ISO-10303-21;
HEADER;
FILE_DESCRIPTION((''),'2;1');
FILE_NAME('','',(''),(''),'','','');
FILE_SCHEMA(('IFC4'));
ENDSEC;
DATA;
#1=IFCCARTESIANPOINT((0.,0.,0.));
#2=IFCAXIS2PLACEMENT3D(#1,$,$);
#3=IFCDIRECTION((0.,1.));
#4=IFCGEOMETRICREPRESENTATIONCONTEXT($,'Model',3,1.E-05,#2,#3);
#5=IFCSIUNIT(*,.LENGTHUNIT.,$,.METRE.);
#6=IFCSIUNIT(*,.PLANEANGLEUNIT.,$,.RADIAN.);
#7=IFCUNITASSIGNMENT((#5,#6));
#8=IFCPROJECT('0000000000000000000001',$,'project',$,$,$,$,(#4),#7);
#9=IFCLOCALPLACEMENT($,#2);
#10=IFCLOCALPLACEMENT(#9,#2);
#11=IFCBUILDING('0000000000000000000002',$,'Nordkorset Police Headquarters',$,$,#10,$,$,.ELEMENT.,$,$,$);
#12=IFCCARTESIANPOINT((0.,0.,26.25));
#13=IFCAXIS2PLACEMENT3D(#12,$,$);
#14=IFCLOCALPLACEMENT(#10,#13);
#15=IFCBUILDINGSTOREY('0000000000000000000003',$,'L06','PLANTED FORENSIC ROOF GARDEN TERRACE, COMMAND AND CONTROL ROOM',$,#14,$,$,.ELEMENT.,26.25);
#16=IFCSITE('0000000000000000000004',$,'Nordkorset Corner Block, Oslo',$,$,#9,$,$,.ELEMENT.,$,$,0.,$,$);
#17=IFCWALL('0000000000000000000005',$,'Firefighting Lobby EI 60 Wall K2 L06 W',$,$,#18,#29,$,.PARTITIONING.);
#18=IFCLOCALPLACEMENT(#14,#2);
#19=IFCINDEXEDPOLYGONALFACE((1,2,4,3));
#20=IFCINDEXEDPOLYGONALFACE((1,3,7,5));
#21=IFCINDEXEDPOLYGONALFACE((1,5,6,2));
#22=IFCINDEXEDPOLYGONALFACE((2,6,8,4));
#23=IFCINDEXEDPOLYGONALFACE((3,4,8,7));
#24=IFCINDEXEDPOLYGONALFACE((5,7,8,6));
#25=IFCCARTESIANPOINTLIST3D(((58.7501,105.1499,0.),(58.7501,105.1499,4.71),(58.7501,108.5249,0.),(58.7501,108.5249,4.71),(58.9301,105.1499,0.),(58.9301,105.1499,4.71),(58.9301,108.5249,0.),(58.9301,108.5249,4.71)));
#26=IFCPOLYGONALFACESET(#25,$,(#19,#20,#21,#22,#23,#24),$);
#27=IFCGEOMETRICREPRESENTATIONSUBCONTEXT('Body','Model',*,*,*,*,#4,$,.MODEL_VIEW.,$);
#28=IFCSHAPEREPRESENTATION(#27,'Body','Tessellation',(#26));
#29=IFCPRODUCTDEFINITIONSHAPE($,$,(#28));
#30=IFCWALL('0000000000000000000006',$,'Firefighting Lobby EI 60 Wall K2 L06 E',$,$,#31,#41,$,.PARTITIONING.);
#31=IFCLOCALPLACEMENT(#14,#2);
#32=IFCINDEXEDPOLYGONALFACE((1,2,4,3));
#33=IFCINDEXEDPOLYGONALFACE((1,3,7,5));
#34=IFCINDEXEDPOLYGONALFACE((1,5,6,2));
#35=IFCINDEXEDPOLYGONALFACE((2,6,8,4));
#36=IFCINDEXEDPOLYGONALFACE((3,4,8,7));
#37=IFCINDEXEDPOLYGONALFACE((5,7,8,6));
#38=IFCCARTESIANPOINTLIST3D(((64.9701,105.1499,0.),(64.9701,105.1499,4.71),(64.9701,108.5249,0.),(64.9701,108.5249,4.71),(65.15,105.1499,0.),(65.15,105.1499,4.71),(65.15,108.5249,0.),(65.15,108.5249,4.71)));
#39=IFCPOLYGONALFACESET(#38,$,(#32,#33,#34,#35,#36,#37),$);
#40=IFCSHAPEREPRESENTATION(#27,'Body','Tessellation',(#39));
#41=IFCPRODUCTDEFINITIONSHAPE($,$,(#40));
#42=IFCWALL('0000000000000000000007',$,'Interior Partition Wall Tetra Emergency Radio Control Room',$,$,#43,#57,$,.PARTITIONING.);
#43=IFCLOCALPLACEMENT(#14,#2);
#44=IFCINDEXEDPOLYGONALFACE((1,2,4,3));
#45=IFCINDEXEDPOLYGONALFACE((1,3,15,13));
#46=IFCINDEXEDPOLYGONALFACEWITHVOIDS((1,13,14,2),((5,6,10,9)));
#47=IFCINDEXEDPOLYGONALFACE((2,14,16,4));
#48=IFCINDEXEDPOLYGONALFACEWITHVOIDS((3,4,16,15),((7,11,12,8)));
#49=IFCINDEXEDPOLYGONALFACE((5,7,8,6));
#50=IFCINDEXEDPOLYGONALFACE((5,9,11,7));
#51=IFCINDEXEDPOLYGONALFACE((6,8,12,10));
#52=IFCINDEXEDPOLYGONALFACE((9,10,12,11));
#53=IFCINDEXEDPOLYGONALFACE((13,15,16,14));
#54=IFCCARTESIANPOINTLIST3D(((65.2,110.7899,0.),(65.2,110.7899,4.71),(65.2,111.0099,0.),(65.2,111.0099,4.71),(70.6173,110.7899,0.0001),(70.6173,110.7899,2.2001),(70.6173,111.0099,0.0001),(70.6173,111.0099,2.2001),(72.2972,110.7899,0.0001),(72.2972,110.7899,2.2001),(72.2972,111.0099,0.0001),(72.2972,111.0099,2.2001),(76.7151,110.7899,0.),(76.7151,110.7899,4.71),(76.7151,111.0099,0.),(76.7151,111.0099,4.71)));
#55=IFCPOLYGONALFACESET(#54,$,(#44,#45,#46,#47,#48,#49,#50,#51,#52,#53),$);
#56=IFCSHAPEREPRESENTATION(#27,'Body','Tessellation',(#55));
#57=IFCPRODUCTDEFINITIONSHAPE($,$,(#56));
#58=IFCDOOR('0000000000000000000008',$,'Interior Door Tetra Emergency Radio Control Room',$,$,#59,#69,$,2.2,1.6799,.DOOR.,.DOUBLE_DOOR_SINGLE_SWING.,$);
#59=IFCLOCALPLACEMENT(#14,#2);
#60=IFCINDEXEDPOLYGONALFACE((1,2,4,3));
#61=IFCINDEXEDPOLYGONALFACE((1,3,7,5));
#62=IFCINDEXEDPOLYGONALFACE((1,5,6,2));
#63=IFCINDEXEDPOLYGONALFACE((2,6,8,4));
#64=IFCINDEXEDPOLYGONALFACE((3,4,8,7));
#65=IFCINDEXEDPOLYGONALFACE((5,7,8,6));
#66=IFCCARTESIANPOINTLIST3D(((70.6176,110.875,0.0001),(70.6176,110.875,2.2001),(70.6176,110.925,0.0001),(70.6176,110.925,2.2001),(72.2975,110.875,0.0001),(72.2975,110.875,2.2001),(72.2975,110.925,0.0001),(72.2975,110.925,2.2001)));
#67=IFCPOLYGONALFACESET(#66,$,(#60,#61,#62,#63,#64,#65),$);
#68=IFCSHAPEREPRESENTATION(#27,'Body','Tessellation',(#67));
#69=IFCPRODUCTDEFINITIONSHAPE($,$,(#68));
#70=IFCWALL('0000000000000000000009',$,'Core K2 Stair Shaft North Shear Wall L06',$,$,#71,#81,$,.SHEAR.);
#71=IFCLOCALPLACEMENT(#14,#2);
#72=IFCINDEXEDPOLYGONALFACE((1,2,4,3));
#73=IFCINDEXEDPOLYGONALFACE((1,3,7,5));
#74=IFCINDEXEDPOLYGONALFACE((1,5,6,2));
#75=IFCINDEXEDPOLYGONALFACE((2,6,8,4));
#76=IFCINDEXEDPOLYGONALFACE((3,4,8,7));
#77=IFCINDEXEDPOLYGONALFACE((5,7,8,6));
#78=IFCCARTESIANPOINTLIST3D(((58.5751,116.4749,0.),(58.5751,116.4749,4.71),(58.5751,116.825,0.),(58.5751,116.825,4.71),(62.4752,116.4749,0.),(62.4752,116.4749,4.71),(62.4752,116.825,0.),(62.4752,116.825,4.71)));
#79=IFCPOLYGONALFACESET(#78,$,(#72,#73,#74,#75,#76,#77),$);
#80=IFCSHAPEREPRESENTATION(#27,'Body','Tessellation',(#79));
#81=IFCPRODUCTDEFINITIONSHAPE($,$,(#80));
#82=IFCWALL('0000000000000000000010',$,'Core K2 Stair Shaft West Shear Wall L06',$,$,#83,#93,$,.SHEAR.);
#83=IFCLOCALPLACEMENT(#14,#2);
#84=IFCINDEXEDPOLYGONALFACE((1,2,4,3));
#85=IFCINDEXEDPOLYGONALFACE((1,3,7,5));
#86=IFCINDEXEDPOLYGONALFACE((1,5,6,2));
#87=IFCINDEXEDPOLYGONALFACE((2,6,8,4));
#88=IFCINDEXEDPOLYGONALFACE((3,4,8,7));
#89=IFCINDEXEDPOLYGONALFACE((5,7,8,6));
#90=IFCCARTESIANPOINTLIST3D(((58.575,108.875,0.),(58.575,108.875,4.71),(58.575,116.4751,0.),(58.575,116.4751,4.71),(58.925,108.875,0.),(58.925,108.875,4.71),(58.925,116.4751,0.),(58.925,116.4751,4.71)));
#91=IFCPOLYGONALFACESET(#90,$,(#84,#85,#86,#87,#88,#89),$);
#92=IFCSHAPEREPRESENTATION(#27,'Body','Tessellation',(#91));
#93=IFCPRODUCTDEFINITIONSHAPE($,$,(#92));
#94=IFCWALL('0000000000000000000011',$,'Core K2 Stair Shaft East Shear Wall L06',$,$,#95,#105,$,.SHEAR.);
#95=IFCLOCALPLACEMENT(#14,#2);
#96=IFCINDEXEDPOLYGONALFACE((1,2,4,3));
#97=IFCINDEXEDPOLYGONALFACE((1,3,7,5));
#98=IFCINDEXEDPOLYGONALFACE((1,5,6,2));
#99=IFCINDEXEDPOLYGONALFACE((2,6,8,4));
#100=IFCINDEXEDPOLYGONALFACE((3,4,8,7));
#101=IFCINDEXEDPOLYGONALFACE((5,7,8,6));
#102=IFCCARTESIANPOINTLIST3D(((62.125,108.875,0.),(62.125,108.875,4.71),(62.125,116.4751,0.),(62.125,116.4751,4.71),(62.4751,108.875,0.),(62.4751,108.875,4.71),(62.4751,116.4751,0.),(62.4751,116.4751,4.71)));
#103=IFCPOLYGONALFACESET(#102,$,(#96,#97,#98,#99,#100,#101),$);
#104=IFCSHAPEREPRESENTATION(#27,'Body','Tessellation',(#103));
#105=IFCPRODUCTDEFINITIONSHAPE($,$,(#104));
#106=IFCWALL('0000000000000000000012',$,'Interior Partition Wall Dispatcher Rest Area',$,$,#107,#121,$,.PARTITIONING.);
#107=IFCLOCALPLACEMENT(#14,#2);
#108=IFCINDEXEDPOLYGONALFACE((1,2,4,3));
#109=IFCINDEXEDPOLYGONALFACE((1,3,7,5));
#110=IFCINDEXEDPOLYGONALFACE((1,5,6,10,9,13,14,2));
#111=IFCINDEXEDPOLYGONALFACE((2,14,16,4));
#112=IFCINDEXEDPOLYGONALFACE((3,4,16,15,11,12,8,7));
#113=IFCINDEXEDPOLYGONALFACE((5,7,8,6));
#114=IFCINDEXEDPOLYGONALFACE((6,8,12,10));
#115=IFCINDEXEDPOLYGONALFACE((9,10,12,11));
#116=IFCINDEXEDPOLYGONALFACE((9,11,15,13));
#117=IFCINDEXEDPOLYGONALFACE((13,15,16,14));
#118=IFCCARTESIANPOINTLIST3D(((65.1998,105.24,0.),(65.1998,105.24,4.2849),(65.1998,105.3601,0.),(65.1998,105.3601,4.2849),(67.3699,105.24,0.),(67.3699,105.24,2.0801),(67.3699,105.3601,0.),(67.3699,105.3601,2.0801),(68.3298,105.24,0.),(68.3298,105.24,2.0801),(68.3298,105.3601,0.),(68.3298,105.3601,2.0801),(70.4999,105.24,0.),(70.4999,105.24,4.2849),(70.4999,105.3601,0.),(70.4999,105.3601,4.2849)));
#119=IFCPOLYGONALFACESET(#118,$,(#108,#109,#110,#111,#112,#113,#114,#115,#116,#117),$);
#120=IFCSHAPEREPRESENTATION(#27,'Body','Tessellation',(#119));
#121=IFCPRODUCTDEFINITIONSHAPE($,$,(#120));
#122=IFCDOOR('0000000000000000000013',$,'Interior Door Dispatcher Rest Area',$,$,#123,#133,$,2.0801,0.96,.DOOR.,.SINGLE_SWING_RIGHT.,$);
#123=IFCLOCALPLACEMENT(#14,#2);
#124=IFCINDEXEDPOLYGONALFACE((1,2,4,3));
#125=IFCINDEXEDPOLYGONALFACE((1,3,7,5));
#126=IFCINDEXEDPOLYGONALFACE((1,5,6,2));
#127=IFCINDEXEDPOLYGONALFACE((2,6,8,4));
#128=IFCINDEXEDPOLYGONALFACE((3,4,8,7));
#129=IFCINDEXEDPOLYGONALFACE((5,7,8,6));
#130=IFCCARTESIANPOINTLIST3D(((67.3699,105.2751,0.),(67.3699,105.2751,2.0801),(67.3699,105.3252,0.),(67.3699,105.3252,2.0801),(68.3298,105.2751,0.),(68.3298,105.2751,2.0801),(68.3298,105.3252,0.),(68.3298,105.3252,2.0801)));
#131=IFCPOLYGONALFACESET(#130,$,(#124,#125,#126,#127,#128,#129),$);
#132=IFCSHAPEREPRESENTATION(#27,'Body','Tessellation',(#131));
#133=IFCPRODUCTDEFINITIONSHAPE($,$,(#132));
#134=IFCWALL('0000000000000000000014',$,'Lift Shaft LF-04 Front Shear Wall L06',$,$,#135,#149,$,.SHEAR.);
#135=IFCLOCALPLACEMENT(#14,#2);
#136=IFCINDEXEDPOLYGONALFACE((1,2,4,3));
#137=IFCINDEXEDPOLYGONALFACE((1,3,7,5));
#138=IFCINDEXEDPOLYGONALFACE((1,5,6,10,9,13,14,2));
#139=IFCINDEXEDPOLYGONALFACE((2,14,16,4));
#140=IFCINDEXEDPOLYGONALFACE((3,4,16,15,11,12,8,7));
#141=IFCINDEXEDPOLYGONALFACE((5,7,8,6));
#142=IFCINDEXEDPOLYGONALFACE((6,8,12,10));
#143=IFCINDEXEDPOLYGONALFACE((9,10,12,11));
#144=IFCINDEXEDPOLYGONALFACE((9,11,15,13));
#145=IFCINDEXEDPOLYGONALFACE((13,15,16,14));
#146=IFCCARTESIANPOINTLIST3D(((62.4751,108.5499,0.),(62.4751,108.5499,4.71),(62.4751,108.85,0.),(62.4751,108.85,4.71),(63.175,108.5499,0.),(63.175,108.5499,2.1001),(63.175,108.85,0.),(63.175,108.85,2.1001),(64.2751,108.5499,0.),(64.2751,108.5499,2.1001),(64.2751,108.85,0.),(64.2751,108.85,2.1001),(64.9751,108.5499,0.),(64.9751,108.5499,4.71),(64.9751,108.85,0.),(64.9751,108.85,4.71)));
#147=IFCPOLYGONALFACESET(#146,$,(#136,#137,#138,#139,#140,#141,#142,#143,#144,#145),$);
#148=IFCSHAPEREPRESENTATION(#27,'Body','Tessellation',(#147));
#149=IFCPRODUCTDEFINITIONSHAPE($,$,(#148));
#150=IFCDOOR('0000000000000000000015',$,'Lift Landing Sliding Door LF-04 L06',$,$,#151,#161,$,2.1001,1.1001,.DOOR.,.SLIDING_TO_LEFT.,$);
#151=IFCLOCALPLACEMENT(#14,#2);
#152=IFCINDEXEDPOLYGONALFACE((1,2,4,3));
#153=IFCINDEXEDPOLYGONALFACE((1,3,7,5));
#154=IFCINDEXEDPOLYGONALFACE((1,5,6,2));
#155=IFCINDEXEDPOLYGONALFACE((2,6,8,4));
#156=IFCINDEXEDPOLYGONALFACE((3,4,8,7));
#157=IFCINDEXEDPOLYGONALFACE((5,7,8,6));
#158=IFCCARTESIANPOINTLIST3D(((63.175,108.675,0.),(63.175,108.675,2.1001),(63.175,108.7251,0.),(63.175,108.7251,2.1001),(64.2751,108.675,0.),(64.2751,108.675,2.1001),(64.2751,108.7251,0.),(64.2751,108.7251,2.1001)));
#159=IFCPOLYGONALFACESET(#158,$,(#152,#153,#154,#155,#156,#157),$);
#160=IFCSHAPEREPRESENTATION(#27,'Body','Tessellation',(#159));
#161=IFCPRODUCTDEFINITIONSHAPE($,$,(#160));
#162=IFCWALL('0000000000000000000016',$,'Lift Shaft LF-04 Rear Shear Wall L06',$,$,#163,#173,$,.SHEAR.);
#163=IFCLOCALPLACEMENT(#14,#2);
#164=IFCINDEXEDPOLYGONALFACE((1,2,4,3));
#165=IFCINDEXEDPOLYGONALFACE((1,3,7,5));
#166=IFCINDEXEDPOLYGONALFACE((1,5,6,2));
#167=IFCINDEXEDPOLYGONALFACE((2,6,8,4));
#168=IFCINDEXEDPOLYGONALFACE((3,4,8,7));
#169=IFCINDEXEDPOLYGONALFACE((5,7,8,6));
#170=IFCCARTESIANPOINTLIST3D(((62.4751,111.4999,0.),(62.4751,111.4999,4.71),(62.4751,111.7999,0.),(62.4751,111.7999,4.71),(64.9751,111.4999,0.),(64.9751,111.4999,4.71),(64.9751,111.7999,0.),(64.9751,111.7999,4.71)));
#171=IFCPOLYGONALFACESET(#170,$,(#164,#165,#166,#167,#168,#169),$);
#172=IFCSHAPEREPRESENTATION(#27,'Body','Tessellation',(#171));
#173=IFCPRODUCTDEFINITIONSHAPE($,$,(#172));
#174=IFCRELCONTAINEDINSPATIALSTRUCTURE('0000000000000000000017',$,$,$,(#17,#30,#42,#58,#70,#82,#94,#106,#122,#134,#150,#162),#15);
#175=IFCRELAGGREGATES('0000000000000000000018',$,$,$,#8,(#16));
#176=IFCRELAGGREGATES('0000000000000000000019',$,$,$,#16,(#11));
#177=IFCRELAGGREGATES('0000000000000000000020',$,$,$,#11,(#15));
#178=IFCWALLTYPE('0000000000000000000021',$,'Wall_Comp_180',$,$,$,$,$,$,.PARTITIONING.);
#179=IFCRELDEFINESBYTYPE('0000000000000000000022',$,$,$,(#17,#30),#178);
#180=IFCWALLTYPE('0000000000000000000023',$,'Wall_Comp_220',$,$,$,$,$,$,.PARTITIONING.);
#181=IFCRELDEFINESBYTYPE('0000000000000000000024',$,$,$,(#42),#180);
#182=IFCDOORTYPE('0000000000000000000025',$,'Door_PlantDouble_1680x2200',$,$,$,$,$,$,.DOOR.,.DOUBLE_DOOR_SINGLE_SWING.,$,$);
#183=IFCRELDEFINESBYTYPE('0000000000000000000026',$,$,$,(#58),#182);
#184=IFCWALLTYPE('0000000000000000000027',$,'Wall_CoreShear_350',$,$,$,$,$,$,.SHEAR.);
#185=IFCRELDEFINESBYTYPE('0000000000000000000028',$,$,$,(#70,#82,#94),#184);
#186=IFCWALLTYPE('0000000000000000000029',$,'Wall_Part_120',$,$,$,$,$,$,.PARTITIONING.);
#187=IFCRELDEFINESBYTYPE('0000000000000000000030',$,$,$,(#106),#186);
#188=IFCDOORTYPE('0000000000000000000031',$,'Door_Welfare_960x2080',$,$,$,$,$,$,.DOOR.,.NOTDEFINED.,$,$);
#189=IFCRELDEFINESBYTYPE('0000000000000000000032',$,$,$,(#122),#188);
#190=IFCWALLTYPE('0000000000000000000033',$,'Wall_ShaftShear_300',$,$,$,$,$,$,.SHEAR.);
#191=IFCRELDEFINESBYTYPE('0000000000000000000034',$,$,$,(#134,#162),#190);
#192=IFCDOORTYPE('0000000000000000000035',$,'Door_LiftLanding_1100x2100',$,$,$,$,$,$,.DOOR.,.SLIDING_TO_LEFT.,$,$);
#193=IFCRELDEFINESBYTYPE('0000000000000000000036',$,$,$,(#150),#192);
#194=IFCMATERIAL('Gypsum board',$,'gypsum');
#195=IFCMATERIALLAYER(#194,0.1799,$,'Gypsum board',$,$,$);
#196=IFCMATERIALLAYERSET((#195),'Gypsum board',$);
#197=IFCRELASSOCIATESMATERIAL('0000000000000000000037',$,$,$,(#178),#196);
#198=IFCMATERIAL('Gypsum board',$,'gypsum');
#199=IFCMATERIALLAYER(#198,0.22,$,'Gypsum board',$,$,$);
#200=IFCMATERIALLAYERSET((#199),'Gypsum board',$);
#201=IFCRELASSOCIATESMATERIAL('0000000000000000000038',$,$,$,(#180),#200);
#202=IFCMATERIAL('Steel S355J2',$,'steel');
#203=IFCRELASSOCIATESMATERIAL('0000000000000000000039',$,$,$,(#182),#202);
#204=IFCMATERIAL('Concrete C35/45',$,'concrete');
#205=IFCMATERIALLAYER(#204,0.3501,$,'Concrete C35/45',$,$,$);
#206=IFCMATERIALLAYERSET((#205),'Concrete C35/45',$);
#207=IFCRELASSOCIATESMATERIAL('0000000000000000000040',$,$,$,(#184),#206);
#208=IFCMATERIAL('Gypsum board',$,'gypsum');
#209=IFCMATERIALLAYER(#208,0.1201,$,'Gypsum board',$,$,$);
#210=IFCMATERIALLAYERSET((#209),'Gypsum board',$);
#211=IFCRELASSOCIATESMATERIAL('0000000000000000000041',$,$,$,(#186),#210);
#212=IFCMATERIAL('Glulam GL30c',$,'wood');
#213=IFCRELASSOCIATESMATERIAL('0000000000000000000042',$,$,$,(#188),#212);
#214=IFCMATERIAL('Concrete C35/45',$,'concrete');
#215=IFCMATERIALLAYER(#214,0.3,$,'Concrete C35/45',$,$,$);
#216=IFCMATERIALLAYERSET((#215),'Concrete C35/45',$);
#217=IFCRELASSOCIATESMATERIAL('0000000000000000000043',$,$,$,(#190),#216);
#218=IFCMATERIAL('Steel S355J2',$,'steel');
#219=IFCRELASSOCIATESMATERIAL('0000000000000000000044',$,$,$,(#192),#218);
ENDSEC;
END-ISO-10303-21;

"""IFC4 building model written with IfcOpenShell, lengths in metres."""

from ifc_helpers import new_model, si_unit, direction, frame, frame_2d, origin, place, context, subcontext, project, spatial, rectangle, extrude, material, layer, layer_set, type_object, element, fill, save


model = new_model("IFC4")

# Units and contexts
model_context = context("Model", 3, precision=1e-05, world=origin(), true_north=direction((0.0, 1.0)))
body_context = subcontext(model_context, "Body", "Model", "MODEL_VIEW")
ifc_project = project(units=[si_unit("LENGTHUNIT", "METRE"), si_unit("PLANEANGLEUNIT", "RADIAN")], contexts=[model_context])

# Site, building, storey
site_placement = place(None, origin())
site = spatial("IfcSite", under=ifc_project, at=site_placement, Name="Nordkorset Corner Block, Oslo", CompositionType="ELEMENT", RefElevation=0.0)
building_placement = place(site_placement, origin())
building = spatial("IfcBuilding", under=site, at=building_placement, Name="Nordkorset Police Headquarters", CompositionType="ELEMENT")
storey_placement = place(building_placement, frame((0.0, 0.0, 26.25)))
storey = spatial("IfcBuildingStorey", under=building, at=storey_placement, Name="L06", Description="PLANTED FORENSIC ROOF GARDEN TERRACE, COMMAND AND CONTROL ROOM", CompositionType="ELEMENT", Elevation=26.25)

# Shared definitions
ifc_material_1 = material(Name="Gypsum board", Category="gypsum")
ifc_layer_1 = layer(ifc_material_1, 0.1799, Name="Gypsum board")
ifc_layer_set_1 = layer_set([ifc_layer_1], Name="Gypsum board")
wall_type_1 = type_object("IfcWallType", Name="Wall_Comp_180", PredefinedType="PARTITIONING", material=ifc_layer_set_1)

# Walls
for number, where, z_axis, x_axis, name in (
    (1, (58.8401, 105.1499, 0.0), (0.0, 0.0, 1.0), (0.0, 1.0, 0.0), "Firefighting Lobby EI 60 Wall K2 L06 W"),
    (2, (65.0601, 105.1499, 0.0), (0.0, 0.0, 1.0), (0.0, 1.0, 0.0), "Firefighting Lobby EI 60 Wall K2 L06 E"),
):
    element("IfcWall", number, at=place(storey_placement, frame(where, z_axis=z_axis, x_axis=x_axis)), inside=storey, type_object=wall_type_1, Name=name, PredefinedType="PARTITIONING", context=body_context, shape_type="SweptSolid", body=[
        extrude(rectangle(XDim=3.375, YDim=0.1799, at=frame_2d((1.6875, 0.0))), origin(), (0.0, 0.0, 1.0), 4.71),
    ])

# Wall, opening, door
ifc_material_2 = material(Name="Gypsum board", Category="gypsum")
ifc_layer_2 = layer(ifc_material_2, 0.22, Name="Gypsum board")
ifc_layer_set_2 = layer_set([ifc_layer_2], Name="Gypsum board")
wall_type_2 = type_object("IfcWallType", Name="Wall_Comp_220", PredefinedType="PARTITIONING", material=ifc_layer_set_2)
wall_1_placement = place(storey_placement, frame((65.2, 110.8999, 0.0), z_axis=(0.0, 0.0, 1.0), x_axis=(1.0, 0.0, 0.0)))
wall_1 = element("IfcWall", 3, at=wall_1_placement, inside=storey, type_object=wall_type_2, Name="Interior Partition Wall Tetra Emergency Radio Control Room", PredefinedType="PARTITIONING", context=body_context, shape_type="SweptSolid", body=[
    extrude(rectangle(XDim=11.5151, YDim=0.22, at=frame_2d((5.7576, 0.0))), origin(), (0.0, 0.0, 1.0), 4.71),
])
opening_1_placement = place(wall_1_placement, frame((5.4175, 0.0, 0.0)))
opening_1 = element("IfcOpeningElement", 4, at=opening_1_placement, cuts=wall_1, PredefinedType="OPENING", context=body_context, shape_type="SweptSolid", body=[
    extrude(rectangle(XDim=1.6799, YDim=2.2, at=frame_2d((0.8398, 1.1001))), frame((0.0, 0.1201, 0.0), z_axis=(0.0, -1.0, 0.0), x_axis=(1.0, 0.0, 0.0)), (0.0, 0.0, 1.0), 0.24),
])
ifc_material_3 = material(Name="Steel S355J2", Category="steel")
door_type_1 = type_object("IfcDoorType", Name="Door_PlantDouble_1680x2200", OperationType="DOUBLE_DOOR_SINGLE_SWING", PredefinedType="DOOR", material=ifc_material_3)
door_1_placement = place(opening_1_placement, frame((1.6799, 0.0, 0.0), z_axis=(0.0, 0.0, 1.0), x_axis=(-1.0, 0.0, 0.0)))
door_1 = element("IfcDoor", 5, at=door_1_placement, inside=storey, type_object=door_type_1, Name="Interior Door Tetra Emergency Radio Control Room", OperationType="DOUBLE_DOOR_SINGLE_SWING", OverallHeight=2.2, OverallWidth=1.6799, PredefinedType="DOOR", context=body_context, shape_type="SweptSolid", body=[
    extrude(rectangle(XDim=1.6799, YDim=2.2, at=frame_2d((0.8398, 1.1001))), frame((0.0, 0.0249, 0.0), z_axis=(0.0, -1.0, 0.0), x_axis=(1.0, 0.0, 0.0)), (0.0, 0.0, 1.0), 0.05),
])
fill(opening_1, door_1)
ifc_material_4 = material(Name="Concrete C35/45", Category="concrete")
ifc_layer_3 = layer(ifc_material_4, 0.3501, Name="Concrete C35/45")
ifc_layer_set_3 = layer_set([ifc_layer_3], Name="Concrete C35/45")
wall_type_3 = type_object("IfcWallType", Name="Wall_CoreShear_350", PredefinedType="SHEAR", material=ifc_layer_set_3)

# Walls
wall_2_placement = place(storey_placement, frame((58.575, 116.6499, 0.0), z_axis=(0.0, 0.0, 1.0), x_axis=(1.0, 0.0, 0.0)))
element("IfcWall", 6, at=wall_2_placement, inside=storey, type_object=wall_type_3, Name="Core K2 Stair Shaft North Shear Wall L06", PredefinedType="SHEAR", context=body_context, shape_type="SweptSolid", body=[
    extrude(rectangle(XDim=3.9001, YDim=0.3501, at=frame_2d((1.9502, 0.0))), origin(), (0.0, 0.0, 1.0), 4.71),
])
for number, where, z_axis, x_axis, name in (
    (7, (58.75, 108.875, 0.0), (0.0, 0.0, 1.0), (0.0, 1.0, 0.0), "Core K2 Stair Shaft West Shear Wall L06"),
    (8, (62.3, 108.875, 0.0), (0.0, 0.0, 1.0), (0.0, 1.0, 0.0), "Core K2 Stair Shaft East Shear Wall L06"),
):
    element("IfcWall", number, at=place(storey_placement, frame(where, z_axis=z_axis, x_axis=x_axis)), inside=storey, type_object=wall_type_3, Name=name, PredefinedType="SHEAR", context=body_context, shape_type="SweptSolid", body=[
        extrude(rectangle(XDim=7.6001, YDim=0.3501, at=frame_2d((3.8, 0.0))), origin(), (0.0, 0.0, 1.0), 4.71),
    ])

# Walls, openings, doors
ifc_material_5 = material(Name="Gypsum board", Category="gypsum")
ifc_layer_4 = layer(ifc_material_5, 0.1201, Name="Gypsum board")
ifc_layer_set_4 = layer_set([ifc_layer_4], Name="Gypsum board")
wall_type_4 = type_object("IfcWallType", Name="Wall_Part_120", PredefinedType="PARTITIONING", material=ifc_layer_set_4)
wall_3_placement = place(storey_placement, frame((65.2, 105.3, 0.0), z_axis=(0.0, 0.0, 1.0), x_axis=(1.0, 0.0, 0.0)))
wall_3 = element("IfcWall", 9, at=wall_3_placement, inside=storey, type_object=wall_type_4, Name="Interior Partition Wall Dispatcher Rest Area", PredefinedType="PARTITIONING", context=body_context, shape_type="SweptSolid", body=[
    extrude(rectangle(XDim=5.3, YDim=0.1201, at=frame_2d((2.6499, 0.0))), origin(), (0.0, 0.0, 1.0), 4.2849),
])
opening_2_placement = place(wall_3_placement, frame((2.1699, 0.0, 0.0)))
opening_2 = element("IfcOpeningElement", 10, at=opening_2_placement, cuts=wall_3, PredefinedType="OPENING", context=body_context, shape_type="SweptSolid", body=[
    extrude(rectangle(XDim=0.96, YDim=2.0801, at=frame_2d((0.48, 1.04))), frame((0.0, 0.0701, 0.0), z_axis=(0.0, -1.0, 0.0), x_axis=(1.0, 0.0, 0.0)), (0.0, 0.0, 1.0), 0.1401),
])
ifc_material_6 = material(Name="Glulam GL30c", Category="wood")
door_type_2 = type_object("IfcDoorType", Name="Door_Welfare_960x2080", OperationType="NOTDEFINED", PredefinedType="DOOR", material=ifc_material_6)
door_2_placement = place(opening_2_placement, frame((0.96, 0.0, 0.0), z_axis=(0.0, 0.0, 1.0), x_axis=(-1.0, 0.0, 0.0)))
door_2 = element("IfcDoor", 11, at=door_2_placement, inside=storey, type_object=door_type_2, Name="Interior Door Dispatcher Rest Area", OperationType="SINGLE_SWING_RIGHT", OverallHeight=2.0801, OverallWidth=0.96, PredefinedType="DOOR", context=body_context, shape_type="SweptSolid", body=[
    extrude(rectangle(XDim=0.96, YDim=2.0801, at=frame_2d((0.48, 1.04))), frame((0.0, 0.0249, 0.0), z_axis=(0.0, -1.0, 0.0), x_axis=(1.0, 0.0, 0.0)), (0.0, 0.0, 1.0), 0.05),
])
fill(opening_2, door_2)
ifc_material_7 = material(Name="Concrete C35/45", Category="concrete")
ifc_layer_5 = layer(ifc_material_7, 0.3, Name="Concrete C35/45")
ifc_layer_set_5 = layer_set([ifc_layer_5], Name="Concrete C35/45")
wall_type_5 = type_object("IfcWallType", Name="Wall_ShaftShear_300", PredefinedType="SHEAR", material=ifc_layer_set_5)
wall_4_placement = place(storey_placement, frame((62.4751, 108.7, 0.0), z_axis=(0.0, 0.0, 1.0), x_axis=(1.0, 0.0, 0.0)))
wall_4 = element("IfcWall", 12, at=wall_4_placement, inside=storey, type_object=wall_type_5, Name="Lift Shaft LF-04 Front Shear Wall L06", PredefinedType="SHEAR", context=body_context, shape_type="SweptSolid", body=[
    extrude(rectangle(XDim=2.5, YDim=0.3, at=frame_2d((1.25, 0.0))), origin(), (0.0, 0.0, 1.0), 4.71),
])
opening_3_placement = place(wall_4_placement, frame((0.7, 0.0, 0.0)))
opening_3 = element("IfcOpeningElement", 13, at=opening_3_placement, cuts=wall_4, PredefinedType="OPENING", context=body_context, shape_type="SweptSolid", body=[
    extrude(rectangle(XDim=1.1001, YDim=2.1001, at=frame_2d((0.55, 1.05))), frame((0.0, 0.1602, 0.0), z_axis=(0.0, -1.0, 0.0), x_axis=(1.0, 0.0, 0.0)), (0.0, 0.0, 1.0), 0.3201),
])
ifc_material_8 = material(Name="Steel S355J2", Category="steel")
door_type_3 = type_object("IfcDoorType", Name="Door_LiftLanding_1100x2100", OperationType="SLIDING_TO_LEFT", PredefinedType="DOOR", material=ifc_material_8)
door_3_placement = place(opening_3_placement, frame((1.1001, 0.0, 0.0), z_axis=(0.0, 0.0, 1.0), x_axis=(-1.0, 0.0, 0.0)))
door_3 = element("IfcDoor", 14, at=door_3_placement, inside=storey, type_object=door_type_3, Name="Lift Landing Sliding Door LF-04 L06", OperationType="SLIDING_TO_LEFT", OverallHeight=2.1001, OverallWidth=1.1001, PredefinedType="DOOR", context=body_context, shape_type="SweptSolid", body=[
    extrude(rectangle(XDim=1.1001, YDim=2.1001, at=frame_2d((0.55, 1.05))), frame((0.0, 0.0249, 0.0), z_axis=(0.0, -1.0, 0.0), x_axis=(1.0, 0.0, 0.0)), (0.0, 0.0, 1.0), 0.05),
])
fill(opening_3, door_3)

# Wall
wall_5_placement = place(storey_placement, frame((62.4751, 111.6499, 0.0), z_axis=(0.0, 0.0, 1.0), x_axis=(1.0, 0.0, 0.0)))
element("IfcWall", 15, at=wall_5_placement, inside=storey, type_object=wall_type_5, Name="Lift Shaft LF-04 Rear Shear Wall L06", PredefinedType="SHEAR", context=body_context, shape_type="SweptSolid", body=[
    extrude(rectangle(XDim=2.5, YDim=0.3, at=frame_2d((1.25, 0.0))), origin(), (0.0, 0.0, 1.0), 4.71),
])

save(model, "model.ifc")
